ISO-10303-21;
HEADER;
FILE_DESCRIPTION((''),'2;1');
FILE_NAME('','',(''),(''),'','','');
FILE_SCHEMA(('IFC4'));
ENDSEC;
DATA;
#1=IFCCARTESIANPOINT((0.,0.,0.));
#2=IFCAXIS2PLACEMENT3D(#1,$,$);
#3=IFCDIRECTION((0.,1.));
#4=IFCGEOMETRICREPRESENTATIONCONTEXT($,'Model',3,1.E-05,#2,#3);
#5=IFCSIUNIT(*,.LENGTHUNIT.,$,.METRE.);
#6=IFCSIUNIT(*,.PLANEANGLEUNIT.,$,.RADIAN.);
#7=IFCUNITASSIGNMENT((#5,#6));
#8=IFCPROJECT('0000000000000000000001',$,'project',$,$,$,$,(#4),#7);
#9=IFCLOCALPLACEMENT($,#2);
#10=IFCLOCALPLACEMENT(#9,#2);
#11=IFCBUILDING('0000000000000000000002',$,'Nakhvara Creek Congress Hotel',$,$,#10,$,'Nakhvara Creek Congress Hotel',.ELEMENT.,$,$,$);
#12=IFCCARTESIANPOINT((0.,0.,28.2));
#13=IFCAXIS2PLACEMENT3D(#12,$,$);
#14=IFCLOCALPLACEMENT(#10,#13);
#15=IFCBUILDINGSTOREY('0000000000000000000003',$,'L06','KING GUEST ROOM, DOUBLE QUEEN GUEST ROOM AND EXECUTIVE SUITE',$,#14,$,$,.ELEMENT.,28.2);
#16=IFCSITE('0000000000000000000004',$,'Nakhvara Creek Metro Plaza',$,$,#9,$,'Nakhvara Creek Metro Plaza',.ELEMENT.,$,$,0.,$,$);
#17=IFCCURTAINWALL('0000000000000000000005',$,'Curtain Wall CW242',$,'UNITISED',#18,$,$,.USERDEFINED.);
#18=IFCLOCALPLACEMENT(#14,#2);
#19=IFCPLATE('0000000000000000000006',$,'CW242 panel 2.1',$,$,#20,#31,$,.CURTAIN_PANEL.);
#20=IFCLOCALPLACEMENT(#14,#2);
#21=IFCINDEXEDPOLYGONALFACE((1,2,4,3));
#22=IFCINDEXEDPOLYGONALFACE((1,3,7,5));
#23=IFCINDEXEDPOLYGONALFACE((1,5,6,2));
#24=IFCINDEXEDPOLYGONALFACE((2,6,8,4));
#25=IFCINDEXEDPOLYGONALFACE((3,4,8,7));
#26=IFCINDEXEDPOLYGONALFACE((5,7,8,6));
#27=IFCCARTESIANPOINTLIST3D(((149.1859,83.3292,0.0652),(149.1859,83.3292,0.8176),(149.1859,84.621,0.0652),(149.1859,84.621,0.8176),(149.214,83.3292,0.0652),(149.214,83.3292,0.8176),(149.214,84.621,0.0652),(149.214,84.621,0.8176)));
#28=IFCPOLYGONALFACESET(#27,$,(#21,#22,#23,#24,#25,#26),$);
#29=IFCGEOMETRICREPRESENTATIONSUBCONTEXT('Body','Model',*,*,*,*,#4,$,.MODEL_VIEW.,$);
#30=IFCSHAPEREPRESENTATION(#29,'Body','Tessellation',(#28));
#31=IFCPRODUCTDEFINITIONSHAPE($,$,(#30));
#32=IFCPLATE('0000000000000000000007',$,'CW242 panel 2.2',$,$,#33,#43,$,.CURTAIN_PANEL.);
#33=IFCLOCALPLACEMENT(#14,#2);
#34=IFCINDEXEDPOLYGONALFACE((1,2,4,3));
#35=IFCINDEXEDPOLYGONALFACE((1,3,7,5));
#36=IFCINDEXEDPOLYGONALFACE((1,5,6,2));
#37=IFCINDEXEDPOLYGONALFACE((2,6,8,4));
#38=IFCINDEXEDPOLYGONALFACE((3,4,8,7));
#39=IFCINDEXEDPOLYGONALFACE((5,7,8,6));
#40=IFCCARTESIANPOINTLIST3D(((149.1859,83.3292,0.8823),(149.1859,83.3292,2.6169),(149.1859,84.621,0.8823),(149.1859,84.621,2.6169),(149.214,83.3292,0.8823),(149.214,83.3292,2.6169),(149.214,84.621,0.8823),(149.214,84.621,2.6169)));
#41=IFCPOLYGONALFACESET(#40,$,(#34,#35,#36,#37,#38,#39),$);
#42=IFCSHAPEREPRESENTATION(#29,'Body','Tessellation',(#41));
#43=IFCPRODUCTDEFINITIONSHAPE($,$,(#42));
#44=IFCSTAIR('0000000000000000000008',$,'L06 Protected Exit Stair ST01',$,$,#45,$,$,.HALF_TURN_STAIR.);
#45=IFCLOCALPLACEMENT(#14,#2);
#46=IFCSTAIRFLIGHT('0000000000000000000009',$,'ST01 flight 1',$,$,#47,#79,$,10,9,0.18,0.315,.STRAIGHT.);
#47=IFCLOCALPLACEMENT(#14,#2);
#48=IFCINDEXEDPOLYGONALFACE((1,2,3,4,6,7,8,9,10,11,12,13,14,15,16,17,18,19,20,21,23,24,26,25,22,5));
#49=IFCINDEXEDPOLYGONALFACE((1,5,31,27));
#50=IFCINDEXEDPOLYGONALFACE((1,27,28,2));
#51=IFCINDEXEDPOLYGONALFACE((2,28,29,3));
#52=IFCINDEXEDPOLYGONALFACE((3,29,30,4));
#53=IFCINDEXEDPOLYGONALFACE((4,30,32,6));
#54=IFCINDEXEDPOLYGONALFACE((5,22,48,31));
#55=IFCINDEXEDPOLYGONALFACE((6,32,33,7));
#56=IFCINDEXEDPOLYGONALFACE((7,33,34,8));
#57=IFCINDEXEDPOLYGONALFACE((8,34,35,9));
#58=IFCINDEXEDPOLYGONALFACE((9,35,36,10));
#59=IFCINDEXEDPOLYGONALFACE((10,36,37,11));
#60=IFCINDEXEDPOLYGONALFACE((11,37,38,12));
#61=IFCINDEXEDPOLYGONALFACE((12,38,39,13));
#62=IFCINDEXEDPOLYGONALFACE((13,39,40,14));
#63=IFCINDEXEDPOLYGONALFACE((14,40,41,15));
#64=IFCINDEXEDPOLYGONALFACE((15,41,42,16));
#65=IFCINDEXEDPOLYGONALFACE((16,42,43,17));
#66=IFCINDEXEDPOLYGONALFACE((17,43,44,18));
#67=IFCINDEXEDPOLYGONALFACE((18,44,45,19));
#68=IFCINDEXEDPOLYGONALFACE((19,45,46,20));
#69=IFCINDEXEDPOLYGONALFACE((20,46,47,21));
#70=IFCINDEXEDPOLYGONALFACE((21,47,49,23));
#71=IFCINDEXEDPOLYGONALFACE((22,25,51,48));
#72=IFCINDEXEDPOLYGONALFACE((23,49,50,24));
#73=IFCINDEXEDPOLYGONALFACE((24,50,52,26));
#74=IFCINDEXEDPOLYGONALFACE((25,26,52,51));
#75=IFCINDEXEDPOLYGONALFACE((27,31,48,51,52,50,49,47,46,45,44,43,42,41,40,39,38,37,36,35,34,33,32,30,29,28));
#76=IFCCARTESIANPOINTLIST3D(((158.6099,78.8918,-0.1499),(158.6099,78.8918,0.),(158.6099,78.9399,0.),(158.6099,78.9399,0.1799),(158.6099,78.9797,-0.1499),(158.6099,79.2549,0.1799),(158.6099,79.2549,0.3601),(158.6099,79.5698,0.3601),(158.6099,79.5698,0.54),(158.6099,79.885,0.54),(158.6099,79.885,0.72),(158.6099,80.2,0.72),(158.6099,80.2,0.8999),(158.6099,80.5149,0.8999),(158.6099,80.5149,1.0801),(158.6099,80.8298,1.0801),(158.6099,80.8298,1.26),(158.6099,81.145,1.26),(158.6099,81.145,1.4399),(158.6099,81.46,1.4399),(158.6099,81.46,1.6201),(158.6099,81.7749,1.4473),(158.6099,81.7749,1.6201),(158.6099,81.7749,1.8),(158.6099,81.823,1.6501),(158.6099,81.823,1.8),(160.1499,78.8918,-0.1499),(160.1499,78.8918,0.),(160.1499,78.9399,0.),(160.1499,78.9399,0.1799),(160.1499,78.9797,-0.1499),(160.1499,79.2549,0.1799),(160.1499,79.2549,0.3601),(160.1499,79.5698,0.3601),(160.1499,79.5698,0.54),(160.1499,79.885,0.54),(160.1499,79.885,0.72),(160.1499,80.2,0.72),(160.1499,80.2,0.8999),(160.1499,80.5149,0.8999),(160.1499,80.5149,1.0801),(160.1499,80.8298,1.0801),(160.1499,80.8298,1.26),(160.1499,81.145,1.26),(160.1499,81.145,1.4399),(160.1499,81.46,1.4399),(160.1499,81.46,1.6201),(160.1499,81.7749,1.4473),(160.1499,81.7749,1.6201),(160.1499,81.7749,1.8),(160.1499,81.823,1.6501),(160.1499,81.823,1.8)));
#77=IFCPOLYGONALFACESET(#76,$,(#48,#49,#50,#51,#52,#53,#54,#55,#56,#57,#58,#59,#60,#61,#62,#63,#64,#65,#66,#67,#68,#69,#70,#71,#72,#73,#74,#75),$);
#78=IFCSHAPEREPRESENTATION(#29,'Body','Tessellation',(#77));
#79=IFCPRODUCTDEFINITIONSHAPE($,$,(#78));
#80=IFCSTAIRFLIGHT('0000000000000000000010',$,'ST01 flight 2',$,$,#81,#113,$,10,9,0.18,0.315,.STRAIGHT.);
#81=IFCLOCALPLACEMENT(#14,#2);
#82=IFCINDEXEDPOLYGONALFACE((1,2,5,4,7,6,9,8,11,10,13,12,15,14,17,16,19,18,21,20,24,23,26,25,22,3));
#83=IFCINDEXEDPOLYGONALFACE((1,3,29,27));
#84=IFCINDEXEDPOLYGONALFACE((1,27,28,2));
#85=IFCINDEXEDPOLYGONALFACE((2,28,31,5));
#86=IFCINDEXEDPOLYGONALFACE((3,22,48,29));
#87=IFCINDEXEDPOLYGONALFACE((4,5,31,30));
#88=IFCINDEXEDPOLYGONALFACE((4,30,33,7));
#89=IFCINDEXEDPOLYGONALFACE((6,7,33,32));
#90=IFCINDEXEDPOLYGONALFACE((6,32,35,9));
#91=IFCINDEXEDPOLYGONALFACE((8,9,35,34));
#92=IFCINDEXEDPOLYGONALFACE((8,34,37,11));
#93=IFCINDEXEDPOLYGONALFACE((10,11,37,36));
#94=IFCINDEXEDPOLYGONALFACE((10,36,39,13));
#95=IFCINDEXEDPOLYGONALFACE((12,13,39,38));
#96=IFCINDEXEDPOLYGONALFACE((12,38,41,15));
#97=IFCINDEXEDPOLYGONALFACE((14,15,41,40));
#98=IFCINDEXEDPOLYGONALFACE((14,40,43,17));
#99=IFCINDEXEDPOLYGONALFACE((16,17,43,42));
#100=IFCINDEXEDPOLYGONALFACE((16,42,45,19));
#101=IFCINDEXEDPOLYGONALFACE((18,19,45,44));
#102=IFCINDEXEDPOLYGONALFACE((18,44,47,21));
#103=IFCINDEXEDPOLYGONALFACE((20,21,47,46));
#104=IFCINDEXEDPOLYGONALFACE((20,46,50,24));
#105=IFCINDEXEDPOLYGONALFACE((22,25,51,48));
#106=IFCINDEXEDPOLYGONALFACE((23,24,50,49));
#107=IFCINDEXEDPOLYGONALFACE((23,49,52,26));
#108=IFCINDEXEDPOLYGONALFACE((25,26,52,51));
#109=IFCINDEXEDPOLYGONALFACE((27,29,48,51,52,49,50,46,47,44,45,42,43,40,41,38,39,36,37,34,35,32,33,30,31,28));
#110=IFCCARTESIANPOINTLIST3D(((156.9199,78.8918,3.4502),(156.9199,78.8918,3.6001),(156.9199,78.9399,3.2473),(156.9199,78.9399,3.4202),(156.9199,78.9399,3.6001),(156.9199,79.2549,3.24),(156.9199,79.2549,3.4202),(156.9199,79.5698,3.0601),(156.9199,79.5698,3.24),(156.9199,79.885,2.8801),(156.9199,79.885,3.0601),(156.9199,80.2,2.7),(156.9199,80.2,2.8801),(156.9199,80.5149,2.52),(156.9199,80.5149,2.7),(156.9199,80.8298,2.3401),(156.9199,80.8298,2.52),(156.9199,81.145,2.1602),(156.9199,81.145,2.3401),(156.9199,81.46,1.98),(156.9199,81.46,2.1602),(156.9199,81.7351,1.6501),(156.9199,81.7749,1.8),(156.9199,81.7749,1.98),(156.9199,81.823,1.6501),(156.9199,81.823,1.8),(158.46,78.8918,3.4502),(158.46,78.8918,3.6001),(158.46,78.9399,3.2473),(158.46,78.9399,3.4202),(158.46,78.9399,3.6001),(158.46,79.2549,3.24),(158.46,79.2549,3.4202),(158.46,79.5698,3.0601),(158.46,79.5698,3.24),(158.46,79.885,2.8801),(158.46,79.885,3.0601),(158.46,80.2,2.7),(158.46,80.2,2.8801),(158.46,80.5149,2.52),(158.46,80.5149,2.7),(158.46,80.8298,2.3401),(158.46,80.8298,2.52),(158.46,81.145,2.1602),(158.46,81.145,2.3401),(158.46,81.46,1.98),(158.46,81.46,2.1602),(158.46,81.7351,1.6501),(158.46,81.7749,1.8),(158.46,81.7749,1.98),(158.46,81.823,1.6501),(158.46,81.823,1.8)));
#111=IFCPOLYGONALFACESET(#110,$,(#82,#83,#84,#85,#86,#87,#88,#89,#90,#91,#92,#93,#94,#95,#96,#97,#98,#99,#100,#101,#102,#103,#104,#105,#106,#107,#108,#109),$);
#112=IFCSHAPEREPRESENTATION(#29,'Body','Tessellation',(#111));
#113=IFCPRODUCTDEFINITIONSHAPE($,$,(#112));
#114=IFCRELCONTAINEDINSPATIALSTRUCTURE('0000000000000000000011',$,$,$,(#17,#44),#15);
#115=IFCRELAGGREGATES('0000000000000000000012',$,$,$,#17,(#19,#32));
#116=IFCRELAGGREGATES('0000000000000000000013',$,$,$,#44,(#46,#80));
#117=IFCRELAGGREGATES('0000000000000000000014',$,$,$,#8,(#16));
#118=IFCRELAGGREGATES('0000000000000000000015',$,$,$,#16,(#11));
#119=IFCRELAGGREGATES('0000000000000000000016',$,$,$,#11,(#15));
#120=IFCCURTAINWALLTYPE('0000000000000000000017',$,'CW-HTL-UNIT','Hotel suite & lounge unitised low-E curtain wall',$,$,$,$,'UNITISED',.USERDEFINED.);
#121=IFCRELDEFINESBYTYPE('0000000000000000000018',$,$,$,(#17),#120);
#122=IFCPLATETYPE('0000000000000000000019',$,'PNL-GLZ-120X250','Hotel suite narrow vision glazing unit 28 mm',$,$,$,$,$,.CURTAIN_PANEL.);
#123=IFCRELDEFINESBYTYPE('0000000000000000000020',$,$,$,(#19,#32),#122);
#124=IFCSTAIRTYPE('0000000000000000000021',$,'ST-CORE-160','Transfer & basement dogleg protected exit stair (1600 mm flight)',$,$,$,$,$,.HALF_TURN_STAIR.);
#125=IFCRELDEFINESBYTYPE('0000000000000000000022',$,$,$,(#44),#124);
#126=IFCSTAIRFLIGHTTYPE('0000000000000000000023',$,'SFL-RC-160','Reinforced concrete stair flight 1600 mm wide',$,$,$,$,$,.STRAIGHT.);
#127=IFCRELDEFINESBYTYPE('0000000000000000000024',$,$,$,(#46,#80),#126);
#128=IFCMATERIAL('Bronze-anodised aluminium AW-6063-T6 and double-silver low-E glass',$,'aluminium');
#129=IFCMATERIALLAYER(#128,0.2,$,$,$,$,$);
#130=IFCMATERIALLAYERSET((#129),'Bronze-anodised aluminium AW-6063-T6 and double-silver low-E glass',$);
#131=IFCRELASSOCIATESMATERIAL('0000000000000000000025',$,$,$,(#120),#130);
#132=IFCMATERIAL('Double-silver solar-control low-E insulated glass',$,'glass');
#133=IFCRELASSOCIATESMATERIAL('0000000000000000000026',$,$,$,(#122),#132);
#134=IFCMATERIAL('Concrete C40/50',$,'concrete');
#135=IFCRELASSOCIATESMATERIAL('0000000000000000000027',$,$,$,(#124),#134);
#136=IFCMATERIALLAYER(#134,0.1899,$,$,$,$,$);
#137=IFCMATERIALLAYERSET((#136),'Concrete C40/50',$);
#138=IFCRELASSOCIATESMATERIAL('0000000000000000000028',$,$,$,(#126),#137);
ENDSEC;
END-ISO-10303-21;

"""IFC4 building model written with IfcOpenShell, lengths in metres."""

from ifc_helpers import new_model, si_unit, direction, frame, origin, origin_2d, place, context, subcontext, project, spatial, polyline, rectangle, outline, extrude, material, layer, layer_set, type_object, element, aggregate, save


model = new_model("IFC4")

# Units and contexts
model_context = context("Model", 3, precision=1e-05, world=origin(), true_north=direction((0.0, 1.0)))
body_context = subcontext(model_context, "Body", "Model", "MODEL_VIEW")
ifc_project = project(units=[si_unit("LENGTHUNIT", "METRE"), si_unit("PLANEANGLEUNIT", "RADIAN")], contexts=[model_context])

# Site, building, storey
site_placement = place(None, origin())
site = spatial("IfcSite", under=ifc_project, at=site_placement, Name="Nakhvara Creek Metro Plaza", LongName="Nakhvara Creek Metro Plaza", CompositionType="ELEMENT", RefElevation=0.0)
building_placement = place(site_placement, origin())
building = spatial("IfcBuilding", under=site, at=building_placement, Name="Nakhvara Creek Congress Hotel", LongName="Nakhvara Creek Congress Hotel", CompositionType="ELEMENT")
storey_placement = place(building_placement, frame((0.0, 0.0, 28.2)))
storey = spatial("IfcBuildingStorey", under=building, at=storey_placement, Name="L06", Description="KING GUEST ROOM, DOUBLE QUEEN GUEST ROOM AND EXECUTIVE SUITE", CompositionType="ELEMENT", Elevation=28.2)

# Shared definitions
ifc_material_1 = material(Name="Concrete C40/50", Category="concrete")

# Curtain wall, plates
ifc_material_2 = material(Name="Bronze-anodised aluminium AW-6063-T6 and double-silver low-E glass", Category="aluminium")
ifc_layer_1 = layer(ifc_material_2, 0.2)
ifc_layer_set_1 = layer_set([ifc_layer_1], Name="Bronze-anodised aluminium AW-6063-T6 and double-silver low-E glass")
curtain_wall_type = type_object("IfcCurtainWallType", Name="CW-HTL-UNIT", Description="Hotel suite & lounge unitised low-E curtain wall", ElementType="UNITISED", PredefinedType="USERDEFINED", material=ifc_layer_set_1)
curtain_wall_placement = place(storey_placement, origin())
curtain_wall = element("IfcCurtainWall", 1, at=curtain_wall_placement, inside=storey, type_object=curtain_wall_type, Name="Curtain Wall CW242", ObjectType="UNITISED", PredefinedType="USERDEFINED")
ifc_material_3 = material(Name="Double-silver solar-control low-E insulated glass", Category="glass")
plate_type = type_object("IfcPlateType", Name="PNL-GLZ-120X250", Description="Hotel suite narrow vision glazing unit 28 mm", PredefinedType="CURTAIN_PANEL", material=ifc_material_3)
plate_1_placement = place(storey_placement, frame((149.2, 83.9751, 0.0652), z_axis=(0.0, 0.0, 1.0), x_axis=(0.0, 1.0, 0.0)))
plate_1 = element("IfcPlate", 2, at=plate_1_placement, type_object=plate_type, Name="CW242 panel 2.1", PredefinedType="CURTAIN_PANEL", context=body_context, shape_type="SweptSolid", body=[
    extrude(rectangle(XDim=1.2917, YDim=0.0281, at=origin_2d()), origin(), (0.0, 0.0, 1.0), 0.7524),
])
plate_2_placement = place(storey_placement, frame((149.2, 83.9751, 0.8823), z_axis=(0.0, 0.0, 1.0), x_axis=(0.0, 1.0, 0.0)))
plate_2 = element("IfcPlate", 3, at=plate_2_placement, type_object=plate_type, Name="CW242 panel 2.2", PredefinedType="CURTAIN_PANEL", context=body_context, shape_type="SweptSolid", body=[
    extrude(rectangle(XDim=1.2917, YDim=0.0281, at=origin_2d()), origin(), (0.0, 0.0, 1.0), 1.7346),
])
aggregate(curtain_wall, [plate_1, plate_2])

# Stair, stair flights
stair_type = type_object("IfcStairType", Name="ST-CORE-160", Description="Transfer & basement dogleg protected exit stair (1600 mm flight)", PredefinedType="HALF_TURN_STAIR", material=ifc_material_1)
stair_placement = place(storey_placement, origin())
stair = element("IfcStair", 4, at=stair_placement, inside=storey, type_object=stair_type, Name="L06 Protected Exit Stair ST01", PredefinedType="HALF_TURN_STAIR")
ifc_layer_2 = layer(ifc_material_1, 0.1899)
ifc_layer_set_2 = layer_set([ifc_layer_2], Name="Concrete C40/50")
stair_flight_type = type_object("IfcStairFlightType", Name="SFL-RC-160", Description="Reinforced concrete stair flight 1600 mm wide", PredefinedType="STRAIGHT", material=ifc_layer_set_2)
stair_flight_1_placement = place(storey_placement, frame((159.3799, 78.9399, 0.0), z_axis=(0.0, 0.0, 1.0), x_axis=(0.0, 1.0, 0.0)))
stair_flight_1 = element("IfcStairFlight", 5, at=stair_flight_1_placement, type_object=stair_flight_type, Name="ST01 flight 1", NumberOfRisers=10, NumberOfTreads=9, PredefinedType="STRAIGHT", RiserHeight=0.18, TreadLength=0.315, context=body_context, shape_type="SweptSolid", body=[
    extrude(outline(polyline([(-0.0481, 0.0), (0.0, 0.0), (0.0, 0.1799), (0.3149, 0.1799), (0.3149, 0.3601), (0.6299, 0.3601), (0.6299, 0.54), (0.9451, 0.54), (0.9451, 0.72), (1.26, 0.72), (1.26, 0.8999), (1.575, 0.8999), (1.575, 1.0801), (1.8899, 1.0801), (1.8899, 1.26), (2.2051, 1.26), (2.2051, 1.4399), (2.52, 1.4399), (2.52, 1.6201), (2.835, 1.6201), (2.835, 1.8), (2.8831, 1.8), (2.8831, 1.6501), (2.835, 1.4473), (0.0398, -0.1499), (-0.0481, -0.1499), (-0.0481, 0.0)])), frame((0.0, 0.77, 0.0), z_axis=(0.0, -1.0, 0.0), x_axis=(1.0, 0.0, 0.0)), (0.0, 0.0, 1.0), 1.54),
])
stair_flight_2_placement = place(storey_placement, frame((157.6899, 81.7749, 1.8), z_axis=(0.0, 0.0, 1.0), x_axis=(0.0, -1.0, 0.0)))
stair_flight_2 = element("IfcStairFlight", 6, at=stair_flight_2_placement, type_object=stair_flight_type, Name="ST01 flight 2", NumberOfRisers=10, NumberOfTreads=9, PredefinedType="STRAIGHT", RiserHeight=0.18, TreadLength=0.315, context=body_context, shape_type="SweptSolid", body=[
    extrude(outline(polyline([(-0.0481, 0.0), (0.0, 0.0), (0.0, 0.1799), (0.3149, 0.1799), (0.3149, 0.3601), (0.6299, 0.3601), (0.6299, 0.54), (0.9451, 0.54), (0.9451, 0.72), (1.26, 0.72), (1.26, 0.8999), (1.575, 0.8999), (1.575, 1.0801), (1.8899, 1.0801), (1.8899, 1.26), (2.2051, 1.26), (2.2051, 1.4399), (2.52, 1.4399), (2.52, 1.6201), (2.835, 1.6201), (2.835, 1.8), (2.8831, 1.8), (2.8831, 1.6501), (2.835, 1.4473), (0.0398, -0.1499), (-0.0481, -0.1499), (-0.0481, 0.0)])), frame((0.0, 0.77, 0.0), z_axis=(0.0, -1.0, 0.0), x_axis=(1.0, 0.0, 0.0)), (0.0, 0.0, 1.0), 1.54),
])
aggregate(stair, [stair_flight_1, stair_flight_2])

save(model, "model.ifc")
